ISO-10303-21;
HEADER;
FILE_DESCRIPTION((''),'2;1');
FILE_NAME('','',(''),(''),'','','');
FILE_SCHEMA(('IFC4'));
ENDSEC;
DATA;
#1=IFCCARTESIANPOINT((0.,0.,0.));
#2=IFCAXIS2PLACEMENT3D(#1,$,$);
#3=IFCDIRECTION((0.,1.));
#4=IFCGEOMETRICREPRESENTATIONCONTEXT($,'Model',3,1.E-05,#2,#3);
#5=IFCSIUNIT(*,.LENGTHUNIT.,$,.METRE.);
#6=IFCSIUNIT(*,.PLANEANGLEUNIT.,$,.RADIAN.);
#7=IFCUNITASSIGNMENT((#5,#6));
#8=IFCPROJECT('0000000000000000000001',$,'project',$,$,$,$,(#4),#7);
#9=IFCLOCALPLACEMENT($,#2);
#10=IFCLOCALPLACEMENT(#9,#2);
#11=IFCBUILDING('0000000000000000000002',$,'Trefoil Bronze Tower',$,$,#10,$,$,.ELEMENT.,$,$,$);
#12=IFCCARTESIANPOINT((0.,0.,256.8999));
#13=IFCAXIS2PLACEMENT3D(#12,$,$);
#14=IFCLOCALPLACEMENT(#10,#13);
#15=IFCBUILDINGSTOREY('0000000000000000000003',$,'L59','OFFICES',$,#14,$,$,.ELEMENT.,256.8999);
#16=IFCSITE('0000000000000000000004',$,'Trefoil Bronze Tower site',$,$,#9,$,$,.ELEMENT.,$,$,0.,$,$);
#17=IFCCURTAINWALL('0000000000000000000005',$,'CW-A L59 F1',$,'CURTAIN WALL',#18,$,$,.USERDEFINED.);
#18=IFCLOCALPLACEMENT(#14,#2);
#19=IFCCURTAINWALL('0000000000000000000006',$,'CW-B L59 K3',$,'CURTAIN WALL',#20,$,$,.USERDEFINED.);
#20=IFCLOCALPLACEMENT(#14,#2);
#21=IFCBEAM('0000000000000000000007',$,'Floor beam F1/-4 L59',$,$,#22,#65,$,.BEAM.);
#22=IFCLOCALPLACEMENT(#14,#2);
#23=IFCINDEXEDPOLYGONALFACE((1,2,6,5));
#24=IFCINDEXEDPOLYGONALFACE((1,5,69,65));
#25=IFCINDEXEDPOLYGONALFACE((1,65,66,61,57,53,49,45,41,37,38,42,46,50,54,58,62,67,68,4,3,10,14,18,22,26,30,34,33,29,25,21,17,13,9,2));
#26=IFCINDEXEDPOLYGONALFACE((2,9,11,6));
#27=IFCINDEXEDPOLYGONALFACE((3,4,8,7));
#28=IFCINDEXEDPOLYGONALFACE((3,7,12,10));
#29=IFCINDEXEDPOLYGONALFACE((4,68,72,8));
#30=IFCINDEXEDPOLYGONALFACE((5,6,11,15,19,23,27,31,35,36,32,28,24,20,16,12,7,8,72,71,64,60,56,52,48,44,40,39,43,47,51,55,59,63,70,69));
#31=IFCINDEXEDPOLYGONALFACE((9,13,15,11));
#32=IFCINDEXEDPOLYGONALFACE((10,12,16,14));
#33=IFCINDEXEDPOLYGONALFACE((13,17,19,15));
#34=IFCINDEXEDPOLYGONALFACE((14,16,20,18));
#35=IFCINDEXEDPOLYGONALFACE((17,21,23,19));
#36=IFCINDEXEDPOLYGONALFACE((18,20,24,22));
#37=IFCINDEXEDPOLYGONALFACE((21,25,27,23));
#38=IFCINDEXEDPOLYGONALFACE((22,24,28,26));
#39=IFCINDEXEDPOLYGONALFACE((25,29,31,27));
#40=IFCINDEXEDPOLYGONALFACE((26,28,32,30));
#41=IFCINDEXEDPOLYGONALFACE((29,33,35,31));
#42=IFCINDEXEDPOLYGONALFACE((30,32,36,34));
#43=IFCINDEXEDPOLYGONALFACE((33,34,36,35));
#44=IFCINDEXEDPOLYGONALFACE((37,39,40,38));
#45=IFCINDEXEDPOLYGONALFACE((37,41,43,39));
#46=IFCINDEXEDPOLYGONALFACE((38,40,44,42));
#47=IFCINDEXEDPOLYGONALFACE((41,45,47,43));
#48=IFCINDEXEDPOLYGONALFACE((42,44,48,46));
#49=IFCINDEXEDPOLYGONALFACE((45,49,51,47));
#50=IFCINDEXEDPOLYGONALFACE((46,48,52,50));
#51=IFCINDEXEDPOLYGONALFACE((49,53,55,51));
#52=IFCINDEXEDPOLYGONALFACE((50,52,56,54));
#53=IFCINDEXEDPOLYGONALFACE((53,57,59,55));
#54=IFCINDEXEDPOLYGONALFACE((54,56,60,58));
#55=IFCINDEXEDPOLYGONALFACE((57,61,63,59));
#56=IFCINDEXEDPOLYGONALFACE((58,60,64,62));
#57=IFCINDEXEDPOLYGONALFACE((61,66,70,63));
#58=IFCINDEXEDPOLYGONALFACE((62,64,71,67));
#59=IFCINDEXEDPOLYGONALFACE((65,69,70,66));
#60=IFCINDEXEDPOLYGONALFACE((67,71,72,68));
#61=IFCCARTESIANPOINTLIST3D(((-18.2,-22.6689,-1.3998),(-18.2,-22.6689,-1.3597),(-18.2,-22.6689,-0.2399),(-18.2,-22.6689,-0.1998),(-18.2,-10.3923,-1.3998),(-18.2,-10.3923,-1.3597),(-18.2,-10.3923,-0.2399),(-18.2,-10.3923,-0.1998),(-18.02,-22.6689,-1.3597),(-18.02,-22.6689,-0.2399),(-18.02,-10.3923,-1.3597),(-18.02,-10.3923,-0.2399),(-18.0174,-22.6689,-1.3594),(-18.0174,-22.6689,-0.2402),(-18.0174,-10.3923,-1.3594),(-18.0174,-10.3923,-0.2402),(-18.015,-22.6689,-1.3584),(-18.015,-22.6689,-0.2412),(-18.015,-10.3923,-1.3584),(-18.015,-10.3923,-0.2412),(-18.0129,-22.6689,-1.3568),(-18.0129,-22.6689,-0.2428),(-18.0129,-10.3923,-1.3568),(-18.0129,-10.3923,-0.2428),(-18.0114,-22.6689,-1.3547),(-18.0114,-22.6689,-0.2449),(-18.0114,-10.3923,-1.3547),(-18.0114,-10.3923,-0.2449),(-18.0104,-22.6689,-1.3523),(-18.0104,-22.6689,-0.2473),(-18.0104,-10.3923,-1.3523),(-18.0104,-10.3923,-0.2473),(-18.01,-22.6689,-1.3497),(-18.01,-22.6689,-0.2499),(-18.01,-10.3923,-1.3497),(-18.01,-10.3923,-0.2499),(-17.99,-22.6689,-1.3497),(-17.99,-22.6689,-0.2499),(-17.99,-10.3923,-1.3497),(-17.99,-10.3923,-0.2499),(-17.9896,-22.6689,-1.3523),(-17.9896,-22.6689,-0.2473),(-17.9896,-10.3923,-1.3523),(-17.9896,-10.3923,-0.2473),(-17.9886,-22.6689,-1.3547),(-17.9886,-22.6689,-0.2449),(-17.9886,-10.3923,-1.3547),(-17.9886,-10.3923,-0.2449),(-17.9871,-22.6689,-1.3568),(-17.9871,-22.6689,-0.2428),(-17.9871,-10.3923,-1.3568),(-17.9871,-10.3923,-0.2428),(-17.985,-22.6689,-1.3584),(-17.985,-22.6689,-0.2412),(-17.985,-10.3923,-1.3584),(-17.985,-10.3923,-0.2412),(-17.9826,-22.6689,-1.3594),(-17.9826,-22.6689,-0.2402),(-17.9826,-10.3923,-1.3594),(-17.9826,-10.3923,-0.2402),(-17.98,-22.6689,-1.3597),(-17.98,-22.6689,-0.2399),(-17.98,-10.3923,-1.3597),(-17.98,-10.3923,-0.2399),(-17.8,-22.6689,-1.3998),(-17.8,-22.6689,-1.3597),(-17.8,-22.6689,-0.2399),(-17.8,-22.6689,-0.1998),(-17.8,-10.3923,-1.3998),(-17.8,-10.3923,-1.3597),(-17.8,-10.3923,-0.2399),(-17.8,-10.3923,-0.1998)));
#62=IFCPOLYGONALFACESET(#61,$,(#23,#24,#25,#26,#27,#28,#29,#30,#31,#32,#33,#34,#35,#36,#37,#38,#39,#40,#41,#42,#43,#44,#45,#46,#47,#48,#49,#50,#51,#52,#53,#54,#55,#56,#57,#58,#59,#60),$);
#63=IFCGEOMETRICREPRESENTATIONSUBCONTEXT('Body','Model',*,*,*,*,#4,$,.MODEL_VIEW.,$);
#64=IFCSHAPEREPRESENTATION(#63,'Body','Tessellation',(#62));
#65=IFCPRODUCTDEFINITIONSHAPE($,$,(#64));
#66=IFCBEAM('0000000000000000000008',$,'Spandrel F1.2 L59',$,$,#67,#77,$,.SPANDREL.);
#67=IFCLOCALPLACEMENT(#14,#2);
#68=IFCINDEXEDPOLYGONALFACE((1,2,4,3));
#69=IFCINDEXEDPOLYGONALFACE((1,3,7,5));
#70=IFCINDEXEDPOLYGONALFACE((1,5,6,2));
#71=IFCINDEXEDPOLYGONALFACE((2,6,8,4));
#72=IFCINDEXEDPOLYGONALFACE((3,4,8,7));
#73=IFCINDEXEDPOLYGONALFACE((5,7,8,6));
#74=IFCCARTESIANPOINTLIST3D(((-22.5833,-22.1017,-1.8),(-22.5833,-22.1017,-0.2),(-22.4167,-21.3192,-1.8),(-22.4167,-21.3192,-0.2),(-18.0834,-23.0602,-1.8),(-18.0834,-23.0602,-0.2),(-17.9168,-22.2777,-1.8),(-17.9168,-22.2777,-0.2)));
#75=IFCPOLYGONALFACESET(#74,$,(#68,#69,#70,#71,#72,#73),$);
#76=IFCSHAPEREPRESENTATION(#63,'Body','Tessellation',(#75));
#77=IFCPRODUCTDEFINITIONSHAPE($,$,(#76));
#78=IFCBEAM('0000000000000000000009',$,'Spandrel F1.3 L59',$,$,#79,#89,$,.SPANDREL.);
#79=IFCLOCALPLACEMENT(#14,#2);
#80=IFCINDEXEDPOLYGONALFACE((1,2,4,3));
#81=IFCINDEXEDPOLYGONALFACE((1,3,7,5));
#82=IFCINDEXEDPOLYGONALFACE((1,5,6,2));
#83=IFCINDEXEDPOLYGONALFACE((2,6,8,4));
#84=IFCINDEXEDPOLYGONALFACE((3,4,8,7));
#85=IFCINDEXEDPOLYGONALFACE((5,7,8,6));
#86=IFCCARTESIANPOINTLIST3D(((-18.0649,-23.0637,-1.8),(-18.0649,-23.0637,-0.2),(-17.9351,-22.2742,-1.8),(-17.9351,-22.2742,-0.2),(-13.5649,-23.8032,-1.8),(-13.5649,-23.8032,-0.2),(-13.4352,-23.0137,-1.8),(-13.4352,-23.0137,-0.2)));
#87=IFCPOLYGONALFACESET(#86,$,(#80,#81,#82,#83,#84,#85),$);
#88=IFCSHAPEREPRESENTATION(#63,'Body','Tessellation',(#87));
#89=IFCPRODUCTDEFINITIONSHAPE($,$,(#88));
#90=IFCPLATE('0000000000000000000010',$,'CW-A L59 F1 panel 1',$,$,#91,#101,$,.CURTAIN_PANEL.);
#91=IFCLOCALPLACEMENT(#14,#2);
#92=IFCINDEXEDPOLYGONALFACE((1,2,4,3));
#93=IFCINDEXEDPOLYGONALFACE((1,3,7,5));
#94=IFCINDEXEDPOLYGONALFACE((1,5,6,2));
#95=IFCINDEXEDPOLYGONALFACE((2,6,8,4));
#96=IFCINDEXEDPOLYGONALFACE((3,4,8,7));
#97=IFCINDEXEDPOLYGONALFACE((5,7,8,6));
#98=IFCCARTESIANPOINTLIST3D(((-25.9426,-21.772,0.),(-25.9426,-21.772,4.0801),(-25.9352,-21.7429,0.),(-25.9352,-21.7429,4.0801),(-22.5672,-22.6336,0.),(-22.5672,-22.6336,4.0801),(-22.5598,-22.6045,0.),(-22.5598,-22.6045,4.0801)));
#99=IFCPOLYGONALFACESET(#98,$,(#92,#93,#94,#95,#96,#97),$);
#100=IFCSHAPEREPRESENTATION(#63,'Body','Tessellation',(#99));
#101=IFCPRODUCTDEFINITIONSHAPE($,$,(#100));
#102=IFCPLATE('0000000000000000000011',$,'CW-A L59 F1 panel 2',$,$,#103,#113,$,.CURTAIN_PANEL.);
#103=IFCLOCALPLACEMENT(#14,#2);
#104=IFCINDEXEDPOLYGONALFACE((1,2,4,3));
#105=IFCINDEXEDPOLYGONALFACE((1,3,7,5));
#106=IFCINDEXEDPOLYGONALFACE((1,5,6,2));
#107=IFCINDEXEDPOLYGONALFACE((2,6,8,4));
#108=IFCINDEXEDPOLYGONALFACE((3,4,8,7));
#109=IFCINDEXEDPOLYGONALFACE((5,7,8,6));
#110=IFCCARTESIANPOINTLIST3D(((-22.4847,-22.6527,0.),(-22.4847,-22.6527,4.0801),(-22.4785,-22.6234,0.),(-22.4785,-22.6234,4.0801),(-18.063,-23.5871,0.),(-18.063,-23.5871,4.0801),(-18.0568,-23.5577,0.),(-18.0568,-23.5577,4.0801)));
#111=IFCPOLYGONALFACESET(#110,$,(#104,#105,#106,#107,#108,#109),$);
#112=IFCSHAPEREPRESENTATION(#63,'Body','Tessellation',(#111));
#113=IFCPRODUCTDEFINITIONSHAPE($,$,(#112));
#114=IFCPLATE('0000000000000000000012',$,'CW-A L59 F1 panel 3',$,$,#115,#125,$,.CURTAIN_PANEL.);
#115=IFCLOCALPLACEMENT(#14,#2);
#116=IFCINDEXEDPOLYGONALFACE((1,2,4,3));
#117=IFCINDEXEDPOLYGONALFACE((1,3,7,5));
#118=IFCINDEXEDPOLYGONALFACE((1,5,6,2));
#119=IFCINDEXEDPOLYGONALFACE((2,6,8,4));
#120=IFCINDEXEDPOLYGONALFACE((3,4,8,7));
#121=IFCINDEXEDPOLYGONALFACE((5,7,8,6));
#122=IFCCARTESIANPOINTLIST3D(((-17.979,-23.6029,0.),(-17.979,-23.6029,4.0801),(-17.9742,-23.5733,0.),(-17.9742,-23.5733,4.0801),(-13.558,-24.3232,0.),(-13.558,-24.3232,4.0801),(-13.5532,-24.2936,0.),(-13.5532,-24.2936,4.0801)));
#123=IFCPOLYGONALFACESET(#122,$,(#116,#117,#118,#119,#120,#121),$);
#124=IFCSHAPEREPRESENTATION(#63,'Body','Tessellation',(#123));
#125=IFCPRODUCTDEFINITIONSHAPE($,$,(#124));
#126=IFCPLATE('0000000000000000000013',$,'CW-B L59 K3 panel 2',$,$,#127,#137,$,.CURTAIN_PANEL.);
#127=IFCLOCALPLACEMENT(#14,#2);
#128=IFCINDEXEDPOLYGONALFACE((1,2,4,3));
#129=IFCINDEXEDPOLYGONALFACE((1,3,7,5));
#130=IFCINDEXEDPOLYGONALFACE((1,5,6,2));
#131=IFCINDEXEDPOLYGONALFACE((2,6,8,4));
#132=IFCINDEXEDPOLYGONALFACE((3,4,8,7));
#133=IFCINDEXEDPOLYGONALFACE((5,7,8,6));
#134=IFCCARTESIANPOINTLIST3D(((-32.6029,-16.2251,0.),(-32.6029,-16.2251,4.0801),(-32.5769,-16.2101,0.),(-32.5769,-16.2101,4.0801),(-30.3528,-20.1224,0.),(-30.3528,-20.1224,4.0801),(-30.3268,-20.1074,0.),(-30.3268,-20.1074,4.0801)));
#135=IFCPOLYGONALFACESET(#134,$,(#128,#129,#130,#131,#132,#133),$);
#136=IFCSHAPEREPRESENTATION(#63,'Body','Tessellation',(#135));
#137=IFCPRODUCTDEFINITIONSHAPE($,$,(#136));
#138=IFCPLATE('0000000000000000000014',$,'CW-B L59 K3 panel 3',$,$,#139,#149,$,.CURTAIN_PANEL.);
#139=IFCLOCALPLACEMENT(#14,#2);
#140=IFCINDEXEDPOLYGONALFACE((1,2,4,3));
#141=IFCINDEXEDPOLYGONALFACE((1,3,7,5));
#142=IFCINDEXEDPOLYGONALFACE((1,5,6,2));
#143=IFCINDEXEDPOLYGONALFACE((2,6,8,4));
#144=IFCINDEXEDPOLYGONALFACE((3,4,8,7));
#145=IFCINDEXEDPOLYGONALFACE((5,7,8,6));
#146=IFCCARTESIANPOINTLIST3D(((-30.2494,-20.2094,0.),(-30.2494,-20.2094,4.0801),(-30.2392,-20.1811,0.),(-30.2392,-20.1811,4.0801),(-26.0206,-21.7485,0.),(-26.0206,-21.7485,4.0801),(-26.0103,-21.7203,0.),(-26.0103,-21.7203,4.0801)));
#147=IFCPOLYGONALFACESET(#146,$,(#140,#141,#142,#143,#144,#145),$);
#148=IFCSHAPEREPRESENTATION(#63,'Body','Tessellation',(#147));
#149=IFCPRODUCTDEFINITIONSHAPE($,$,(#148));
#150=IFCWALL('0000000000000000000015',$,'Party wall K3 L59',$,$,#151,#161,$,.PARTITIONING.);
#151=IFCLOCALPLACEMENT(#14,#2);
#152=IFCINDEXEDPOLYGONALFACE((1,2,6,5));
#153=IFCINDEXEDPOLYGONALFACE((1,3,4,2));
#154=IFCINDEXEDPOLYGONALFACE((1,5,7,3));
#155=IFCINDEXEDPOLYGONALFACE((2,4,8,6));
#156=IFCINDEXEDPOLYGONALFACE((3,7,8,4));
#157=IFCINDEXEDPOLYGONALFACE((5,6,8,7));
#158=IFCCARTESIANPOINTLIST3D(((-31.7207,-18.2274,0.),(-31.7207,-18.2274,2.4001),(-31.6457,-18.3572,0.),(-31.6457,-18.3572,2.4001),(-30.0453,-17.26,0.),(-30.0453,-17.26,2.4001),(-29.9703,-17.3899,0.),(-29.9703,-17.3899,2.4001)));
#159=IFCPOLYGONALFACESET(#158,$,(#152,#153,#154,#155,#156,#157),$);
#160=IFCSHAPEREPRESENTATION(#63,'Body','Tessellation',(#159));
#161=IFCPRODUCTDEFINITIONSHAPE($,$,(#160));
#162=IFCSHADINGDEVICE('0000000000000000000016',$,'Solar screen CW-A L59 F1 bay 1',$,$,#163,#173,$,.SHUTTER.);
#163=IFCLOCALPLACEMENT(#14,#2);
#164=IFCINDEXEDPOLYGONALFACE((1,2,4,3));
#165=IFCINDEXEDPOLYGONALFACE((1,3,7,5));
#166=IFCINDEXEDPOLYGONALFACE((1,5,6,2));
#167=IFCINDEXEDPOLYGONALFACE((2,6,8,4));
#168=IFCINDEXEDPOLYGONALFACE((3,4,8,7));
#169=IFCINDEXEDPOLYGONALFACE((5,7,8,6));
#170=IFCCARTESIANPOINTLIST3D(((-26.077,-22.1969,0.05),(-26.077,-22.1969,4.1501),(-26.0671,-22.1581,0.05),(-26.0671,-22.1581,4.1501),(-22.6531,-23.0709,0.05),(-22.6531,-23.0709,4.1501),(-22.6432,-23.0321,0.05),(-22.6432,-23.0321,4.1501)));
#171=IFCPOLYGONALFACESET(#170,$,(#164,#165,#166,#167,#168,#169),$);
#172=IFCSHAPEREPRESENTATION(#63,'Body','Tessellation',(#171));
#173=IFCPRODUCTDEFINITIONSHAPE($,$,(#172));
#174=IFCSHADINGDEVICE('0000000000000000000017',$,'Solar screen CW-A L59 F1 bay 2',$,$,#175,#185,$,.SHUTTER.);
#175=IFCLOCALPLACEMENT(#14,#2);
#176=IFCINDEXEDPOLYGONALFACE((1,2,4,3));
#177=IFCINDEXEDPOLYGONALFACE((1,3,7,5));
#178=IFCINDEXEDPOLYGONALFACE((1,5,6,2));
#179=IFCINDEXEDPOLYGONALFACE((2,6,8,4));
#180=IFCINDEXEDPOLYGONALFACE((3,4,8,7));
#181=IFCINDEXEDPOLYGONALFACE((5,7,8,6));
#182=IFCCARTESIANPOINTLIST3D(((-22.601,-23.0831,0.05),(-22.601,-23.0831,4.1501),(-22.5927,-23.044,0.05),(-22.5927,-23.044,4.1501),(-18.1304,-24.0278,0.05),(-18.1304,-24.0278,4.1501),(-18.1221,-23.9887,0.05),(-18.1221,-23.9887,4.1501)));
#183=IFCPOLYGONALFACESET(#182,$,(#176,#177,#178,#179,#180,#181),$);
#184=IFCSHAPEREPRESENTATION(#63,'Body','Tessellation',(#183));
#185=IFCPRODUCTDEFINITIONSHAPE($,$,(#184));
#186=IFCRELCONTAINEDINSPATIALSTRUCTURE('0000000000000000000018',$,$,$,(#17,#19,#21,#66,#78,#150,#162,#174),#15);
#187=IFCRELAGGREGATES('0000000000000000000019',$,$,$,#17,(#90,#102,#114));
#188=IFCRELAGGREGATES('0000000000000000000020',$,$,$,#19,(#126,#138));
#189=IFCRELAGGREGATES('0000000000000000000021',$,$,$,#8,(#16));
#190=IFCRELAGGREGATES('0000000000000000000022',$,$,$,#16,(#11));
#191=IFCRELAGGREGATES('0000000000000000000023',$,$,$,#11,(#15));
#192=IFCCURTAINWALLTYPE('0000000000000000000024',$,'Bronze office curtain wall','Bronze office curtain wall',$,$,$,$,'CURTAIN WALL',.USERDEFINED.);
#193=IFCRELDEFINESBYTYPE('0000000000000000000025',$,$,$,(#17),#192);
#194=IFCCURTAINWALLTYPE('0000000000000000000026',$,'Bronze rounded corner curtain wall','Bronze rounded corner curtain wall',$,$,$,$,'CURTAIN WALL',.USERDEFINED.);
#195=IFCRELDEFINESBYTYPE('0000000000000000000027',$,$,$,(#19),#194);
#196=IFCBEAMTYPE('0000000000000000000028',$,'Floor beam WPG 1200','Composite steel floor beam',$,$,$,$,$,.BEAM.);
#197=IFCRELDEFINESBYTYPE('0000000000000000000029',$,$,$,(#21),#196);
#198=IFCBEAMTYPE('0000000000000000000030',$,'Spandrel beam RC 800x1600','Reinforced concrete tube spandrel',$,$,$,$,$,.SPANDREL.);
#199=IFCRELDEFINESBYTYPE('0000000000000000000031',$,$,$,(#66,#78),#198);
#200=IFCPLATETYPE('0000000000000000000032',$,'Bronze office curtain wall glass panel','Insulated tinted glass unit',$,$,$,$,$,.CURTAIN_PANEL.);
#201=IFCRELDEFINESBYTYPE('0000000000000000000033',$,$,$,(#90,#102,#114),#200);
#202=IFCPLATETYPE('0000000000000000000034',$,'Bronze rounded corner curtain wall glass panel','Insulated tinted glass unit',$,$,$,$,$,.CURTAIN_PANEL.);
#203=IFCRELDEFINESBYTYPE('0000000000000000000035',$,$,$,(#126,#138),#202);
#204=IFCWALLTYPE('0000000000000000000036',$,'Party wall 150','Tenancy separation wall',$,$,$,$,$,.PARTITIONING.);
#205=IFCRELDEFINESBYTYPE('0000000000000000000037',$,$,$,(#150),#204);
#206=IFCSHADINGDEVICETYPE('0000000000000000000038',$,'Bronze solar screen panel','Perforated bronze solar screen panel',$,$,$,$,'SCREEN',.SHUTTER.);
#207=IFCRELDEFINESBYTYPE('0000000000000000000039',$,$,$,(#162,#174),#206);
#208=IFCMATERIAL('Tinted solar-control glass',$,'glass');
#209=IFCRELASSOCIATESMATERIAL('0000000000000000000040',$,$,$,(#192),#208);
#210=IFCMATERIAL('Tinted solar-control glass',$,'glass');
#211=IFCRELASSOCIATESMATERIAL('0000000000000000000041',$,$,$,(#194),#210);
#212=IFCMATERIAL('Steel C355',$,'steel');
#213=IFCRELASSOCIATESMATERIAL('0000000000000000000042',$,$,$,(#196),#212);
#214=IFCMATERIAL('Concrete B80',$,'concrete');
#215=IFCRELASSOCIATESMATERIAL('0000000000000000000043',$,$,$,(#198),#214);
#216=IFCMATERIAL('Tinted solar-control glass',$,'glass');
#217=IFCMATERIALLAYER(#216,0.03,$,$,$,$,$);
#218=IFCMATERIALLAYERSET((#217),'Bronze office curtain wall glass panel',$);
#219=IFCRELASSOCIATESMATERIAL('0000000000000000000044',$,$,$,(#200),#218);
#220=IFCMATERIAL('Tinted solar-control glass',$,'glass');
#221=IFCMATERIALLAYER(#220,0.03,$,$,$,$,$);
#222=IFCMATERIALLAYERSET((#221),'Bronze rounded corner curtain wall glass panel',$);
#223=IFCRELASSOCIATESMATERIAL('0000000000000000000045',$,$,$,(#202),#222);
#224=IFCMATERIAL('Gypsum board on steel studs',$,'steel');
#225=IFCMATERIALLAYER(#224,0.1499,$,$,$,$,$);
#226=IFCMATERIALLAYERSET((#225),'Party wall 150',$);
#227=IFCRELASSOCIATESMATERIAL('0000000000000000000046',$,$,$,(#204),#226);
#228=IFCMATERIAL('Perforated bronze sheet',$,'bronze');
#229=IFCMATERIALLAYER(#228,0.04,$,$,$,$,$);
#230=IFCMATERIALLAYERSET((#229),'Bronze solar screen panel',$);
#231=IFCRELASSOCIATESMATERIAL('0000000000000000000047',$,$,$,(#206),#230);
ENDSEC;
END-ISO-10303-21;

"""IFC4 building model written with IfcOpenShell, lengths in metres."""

from ifc_helpers import new_model, si_unit, direction, frame, frame_2d, origin, origin_2d, place, context, subcontext, project, spatial, rectangle, i_section, extrude, material, layer, layer_set, material_profile, profile_set, type_object, element, aggregate, save


model = new_model("IFC4")

# Units and contexts
model_context = context("Model", 3, precision=1e-05, world=origin(), true_north=direction((0.0, 1.0)))
body_context = subcontext(model_context, "Body", "Model", "MODEL_VIEW")
ifc_project = project(units=[si_unit("LENGTHUNIT", "METRE"), si_unit("PLANEANGLEUNIT", "RADIAN")], contexts=[model_context])

# Site, building, storey
site_placement = place(None, origin())
site = spatial("IfcSite", under=ifc_project, at=site_placement, Name="Trefoil Bronze Tower site", CompositionType="ELEMENT", RefElevation=0.0)
building_placement = place(site_placement, origin())
building = spatial("IfcBuilding", under=site, at=building_placement, Name="Trefoil Bronze Tower", CompositionType="ELEMENT")
storey_placement = place(building_placement, frame((0.0, 0.0, 256.8999)))
storey = spatial("IfcBuildingStorey", under=building, at=storey_placement, Name="L59", Description="OFFICES", CompositionType="ELEMENT", Elevation=256.8999)

# Curtain walls
ifc_material_1 = material(Name="Tinted solar-control glass", Category="glass")
curtain_wall_type_1 = type_object("IfcCurtainWallType", Name="Bronze office curtain wall", Description="Bronze office curtain wall", ElementType="CURTAIN WALL", PredefinedType="USERDEFINED", material=ifc_material_1)
curtain_wall_1_placement = place(storey_placement, origin())
curtain_wall_1 = element("IfcCurtainWall", 1, at=curtain_wall_1_placement, inside=storey, type_object=curtain_wall_type_1, Name="CW-A L59 F1", ObjectType="CURTAIN WALL", PredefinedType="USERDEFINED")
ifc_material_2 = material(Name="Tinted solar-control glass", Category="glass")
curtain_wall_type_2 = type_object("IfcCurtainWallType", Name="Bronze rounded corner curtain wall", Description="Bronze rounded corner curtain wall", ElementType="CURTAIN WALL", PredefinedType="USERDEFINED", material=ifc_material_2)
curtain_wall_2_placement = place(storey_placement, origin())
curtain_wall_2 = element("IfcCurtainWall", 2, at=curtain_wall_2_placement, inside=storey, type_object=curtain_wall_type_2, Name="CW-B L59 K3", ObjectType="CURTAIN WALL", PredefinedType="USERDEFINED")

# Beams
ifc_material_3 = material(Name="Steel C355", Category="steel")
ifc_material_profile_1 = material_profile(ifc_material_3, i_section(OverallWidth=0.3999, OverallDepth=1.2, WebThickness=0.02, FlangeThickness=0.04, FilletRadius=0.01, at=origin_2d()), Name="WPG 1200")
ifc_profile_set_1 = profile_set([ifc_material_profile_1], Name="Steel C355")
beam_type_1 = type_object("IfcBeamType", Name="Floor beam WPG 1200", Description="Composite steel floor beam", PredefinedType="BEAM", material=ifc_profile_set_1)
beam_1_placement = place(storey_placement, frame((-18.0, -22.6689, -0.7998), z_axis=(0.0, 1.0, 0.0), x_axis=(-1.0, 0.0, 0.0)))
element("IfcBeam", 3, at=beam_1_placement, inside=storey, type_object=beam_type_1, Name="Floor beam F1/-4 L59", PredefinedType="BEAM", context=body_context, shape_type="SweptSolid", body=[
    extrude(i_section(OverallWidth=0.3999, OverallDepth=1.2, WebThickness=0.02, FlangeThickness=0.04, FilletRadius=0.01, at=origin_2d()), origin(), (0.0, 0.0, 1.0), 12.2766),
])
ifc_material_4 = material(Name="Concrete B80", Category="concrete")
ifc_material_profile_2 = material_profile(ifc_material_4, rectangle(XDim=0.8, YDim=1.6001, at=origin_2d()), Name="RC 800x1600")
ifc_profile_set_2 = profile_set([ifc_material_profile_2], Name="Concrete B80")
beam_type_2 = type_object("IfcBeamType", Name="Spandrel beam RC 800x1600", Description="Reinforced concrete tube spandrel", PredefinedType="SPANDREL", material=ifc_profile_set_2)
beam_2_placement = place(storey_placement, frame((-22.5, -21.7104, -1.0), z_axis=(0.978059, -0.208326, 0.0), x_axis=(0.208326, 0.978059, 0.0)))
element("IfcBeam", 4, at=beam_2_placement, inside=storey, type_object=beam_type_2, Name="Spandrel F1.2 L59", PredefinedType="SPANDREL", context=body_context, shape_type="SweptSolid", body=[
    extrude(rectangle(XDim=0.8, YDim=1.6001, at=origin_2d()), origin(), (0.0, 0.0, 1.0), 4.6008),
])
beam_3_placement = place(storey_placement, frame((-18.0, -22.6689, -1.0), z_axis=(0.986765, -0.162159, 0.0), x_axis=(0.162159, 0.986765, 0.0)))
element("IfcBeam", 5, at=beam_3_placement, inside=storey, type_object=beam_type_2, Name="Spandrel F1.3 L59", PredefinedType="SPANDREL", context=body_context, shape_type="SweptSolid", body=[
    extrude(rectangle(XDim=0.8, YDim=1.6001, at=origin_2d()), origin(), (0.0, 0.0, 1.0), 4.5603),
])

# Plates
ifc_material_5 = material(Name="Tinted solar-control glass", Category="glass")
ifc_layer_1 = layer(ifc_material_5, 0.03)
ifc_layer_set_1 = layer_set([ifc_layer_1], Name="Bronze office curtain wall glass panel")
plate_type_1 = type_object("IfcPlateType", Name="Bronze office curtain wall glass panel", Description="Insulated tinted glass unit", PredefinedType="CURTAIN_PANEL", material=ifc_layer_set_1)
plate_1_placement = place(storey_placement, frame((-24.2512, -22.1882, 0.0), z_axis=(0.0, 0.0, 1.0), x_axis=(0.968934, -0.247319, 0.0)))
plate_1 = element("IfcPlate", 6, at=plate_1_placement, type_object=plate_type_1, Name="CW-A L59 F1 panel 1", PredefinedType="CURTAIN_PANEL", context=body_context, shape_type="SweptSolid", body=[
    extrude(rectangle(XDim=3.4836, YDim=0.03, at=origin_2d()), origin(), (0.0, 0.0, 1.0), 4.0801),
])
plate_2_placement = place(storey_placement, frame((-20.2708, -23.1052, 0.0), z_axis=(0.0, 0.0, 1.0), x_axis=(0.978394, -0.206747, 0.0)))
plate_2 = element("IfcPlate", 7, at=plate_2_placement, type_object=plate_type_1, Name="CW-A L59 F1 panel 2", PredefinedType="CURTAIN_PANEL", context=body_context, shape_type="SweptSolid", body=[
    extrude(rectangle(XDim=4.5193, YDim=0.03, at=origin_2d()), origin(), (0.0, 0.0, 1.0), 4.0801),
])
plate_3_placement = place(storey_placement, frame((-15.7661, -23.9482, 0.0), z_axis=(0.0, 0.0, 1.0), x_axis=(0.986987, -0.160803, 0.0)))
plate_3 = element("IfcPlate", 8, at=plate_3_placement, type_object=plate_type_1, Name="CW-A L59 F1 panel 3", PredefinedType="CURTAIN_PANEL", context=body_context, shape_type="SweptSolid", body=[
    extrude(rectangle(XDim=4.4792, YDim=0.03, at=origin_2d()), origin(), (0.0, 0.0, 1.0), 4.0801),
])
aggregate(curtain_wall_1, [plate_1, plate_2, plate_3])
ifc_material_6 = material(Name="Tinted solar-control glass", Category="glass")
ifc_layer_2 = layer(ifc_material_6, 0.03)
ifc_layer_set_2 = layer_set([ifc_layer_2], Name="Bronze rounded corner curtain wall glass panel")
plate_type_2 = type_object("IfcPlateType", Name="Bronze rounded corner curtain wall glass panel", Description="Insulated tinted glass unit", PredefinedType="CURTAIN_PANEL", material=ifc_layer_set_2)
plate_4_placement = place(storey_placement, frame((-31.4648, -18.1663, 0.0), z_axis=(0.0, 0.0, 1.0), x_axis=(0.5, -0.866025, 0.0)))
plate_4 = element("IfcPlate", 9, at=plate_4_placement, type_object=plate_type_2, Name="CW-B L59 K3 panel 2", PredefinedType="CURTAIN_PANEL", context=body_context, shape_type="SweptSolid", body=[
    extrude(rectangle(XDim=4.5002, YDim=0.03, at=origin_2d()), origin(), (0.0, 0.0, 1.0), 4.0801),
])
plate_5_placement = place(storey_placement, frame((-28.1299, -20.9648, 0.0), z_axis=(0.0, 0.0, 1.0), x_axis=(0.939693, -0.34202, 0.0)))
plate_5 = element("IfcPlate", 10, at=plate_5_placement, type_object=plate_type_2, Name="CW-B L59 K3 panel 3", PredefinedType="CURTAIN_PANEL", context=body_context, shape_type="SweptSolid", body=[
    extrude(rectangle(XDim=4.5002, YDim=0.03, at=origin_2d()), origin(), (0.0, 0.0, 1.0), 4.0801),
])
aggregate(curtain_wall_2, [plate_4, plate_5])

# Wall
ifc_material_7 = material(Name="Gypsum board on steel studs", Category="steel")
ifc_layer_3 = layer(ifc_material_7, 0.1499)
ifc_layer_set_3 = layer_set([ifc_layer_3], Name="Party wall 150")
wall_type = type_object("IfcWallType", Name="Party wall 150", Description="Tenancy separation wall", PredefinedType="PARTITIONING", material=ifc_layer_set_3)
wall_placement = place(storey_placement, frame((-30.0078, -17.325, 0.0), z_axis=(0.0, 0.0, 1.0), x_axis=(-0.866013, -0.500021, 0.0)))
element("IfcWall", 11, at=wall_placement, inside=storey, type_object=wall_type, Name="Party wall K3 L59", PredefinedType="PARTITIONING", context=body_context, shape_type="SweptSolid", body=[
    extrude(rectangle(XDim=1.9346, YDim=0.1499, at=frame_2d((0.9673, 0.0))), origin(), (0.0, 0.0, 1.0), 2.4001),
])

# Shading devices
ifc_material_8 = material(Name="Perforated bronze sheet", Category="bronze")
ifc_layer_4 = layer(ifc_material_8, 0.04)
ifc_layer_set_4 = layer_set([ifc_layer_4], Name="Bronze solar screen panel")
shading_device_type = type_object("IfcShadingDeviceType", Name="Bronze solar screen panel", Description="Perforated bronze solar screen panel", ElementType="SCREEN", PredefinedType="SHUTTER", material=ifc_layer_set_4)
shading_device_1_placement = place(storey_placement, frame((-24.3601, -22.6145, 0.05), z_axis=(0.0, 0.0, 1.0), x_axis=(0.968934, -0.247319, 0.0)))
element("IfcShadingDevice", 12, at=shading_device_1_placement, inside=storey, type_object=shading_device_type, Name="Solar screen CW-A L59 F1 bay 1", PredefinedType="SHUTTER", context=body_context, shape_type="SweptSolid", body=[
    extrude(rectangle(XDim=3.5337, YDim=0.04, at=origin_2d()), origin(), (0.0, 0.0, 1.0), 4.1001),
])
shading_device_2_placement = place(storey_placement, frame((-20.3616, -23.5359, 0.05), z_axis=(0.0, 0.0, 1.0), x_axis=(0.978394, -0.206747, 0.0)))
element("IfcShadingDevice", 13, at=shading_device_2_placement, inside=storey, type_object=shading_device_type, Name="Solar screen CW-A L59 F1 bay 2", PredefinedType="SHUTTER", context=body_context, shape_type="SweptSolid", body=[
    extrude(rectangle(XDim=4.5693, YDim=0.04, at=origin_2d()), origin(), (0.0, 0.0, 1.0), 4.1001),
])

save(model, "model.ifc")
